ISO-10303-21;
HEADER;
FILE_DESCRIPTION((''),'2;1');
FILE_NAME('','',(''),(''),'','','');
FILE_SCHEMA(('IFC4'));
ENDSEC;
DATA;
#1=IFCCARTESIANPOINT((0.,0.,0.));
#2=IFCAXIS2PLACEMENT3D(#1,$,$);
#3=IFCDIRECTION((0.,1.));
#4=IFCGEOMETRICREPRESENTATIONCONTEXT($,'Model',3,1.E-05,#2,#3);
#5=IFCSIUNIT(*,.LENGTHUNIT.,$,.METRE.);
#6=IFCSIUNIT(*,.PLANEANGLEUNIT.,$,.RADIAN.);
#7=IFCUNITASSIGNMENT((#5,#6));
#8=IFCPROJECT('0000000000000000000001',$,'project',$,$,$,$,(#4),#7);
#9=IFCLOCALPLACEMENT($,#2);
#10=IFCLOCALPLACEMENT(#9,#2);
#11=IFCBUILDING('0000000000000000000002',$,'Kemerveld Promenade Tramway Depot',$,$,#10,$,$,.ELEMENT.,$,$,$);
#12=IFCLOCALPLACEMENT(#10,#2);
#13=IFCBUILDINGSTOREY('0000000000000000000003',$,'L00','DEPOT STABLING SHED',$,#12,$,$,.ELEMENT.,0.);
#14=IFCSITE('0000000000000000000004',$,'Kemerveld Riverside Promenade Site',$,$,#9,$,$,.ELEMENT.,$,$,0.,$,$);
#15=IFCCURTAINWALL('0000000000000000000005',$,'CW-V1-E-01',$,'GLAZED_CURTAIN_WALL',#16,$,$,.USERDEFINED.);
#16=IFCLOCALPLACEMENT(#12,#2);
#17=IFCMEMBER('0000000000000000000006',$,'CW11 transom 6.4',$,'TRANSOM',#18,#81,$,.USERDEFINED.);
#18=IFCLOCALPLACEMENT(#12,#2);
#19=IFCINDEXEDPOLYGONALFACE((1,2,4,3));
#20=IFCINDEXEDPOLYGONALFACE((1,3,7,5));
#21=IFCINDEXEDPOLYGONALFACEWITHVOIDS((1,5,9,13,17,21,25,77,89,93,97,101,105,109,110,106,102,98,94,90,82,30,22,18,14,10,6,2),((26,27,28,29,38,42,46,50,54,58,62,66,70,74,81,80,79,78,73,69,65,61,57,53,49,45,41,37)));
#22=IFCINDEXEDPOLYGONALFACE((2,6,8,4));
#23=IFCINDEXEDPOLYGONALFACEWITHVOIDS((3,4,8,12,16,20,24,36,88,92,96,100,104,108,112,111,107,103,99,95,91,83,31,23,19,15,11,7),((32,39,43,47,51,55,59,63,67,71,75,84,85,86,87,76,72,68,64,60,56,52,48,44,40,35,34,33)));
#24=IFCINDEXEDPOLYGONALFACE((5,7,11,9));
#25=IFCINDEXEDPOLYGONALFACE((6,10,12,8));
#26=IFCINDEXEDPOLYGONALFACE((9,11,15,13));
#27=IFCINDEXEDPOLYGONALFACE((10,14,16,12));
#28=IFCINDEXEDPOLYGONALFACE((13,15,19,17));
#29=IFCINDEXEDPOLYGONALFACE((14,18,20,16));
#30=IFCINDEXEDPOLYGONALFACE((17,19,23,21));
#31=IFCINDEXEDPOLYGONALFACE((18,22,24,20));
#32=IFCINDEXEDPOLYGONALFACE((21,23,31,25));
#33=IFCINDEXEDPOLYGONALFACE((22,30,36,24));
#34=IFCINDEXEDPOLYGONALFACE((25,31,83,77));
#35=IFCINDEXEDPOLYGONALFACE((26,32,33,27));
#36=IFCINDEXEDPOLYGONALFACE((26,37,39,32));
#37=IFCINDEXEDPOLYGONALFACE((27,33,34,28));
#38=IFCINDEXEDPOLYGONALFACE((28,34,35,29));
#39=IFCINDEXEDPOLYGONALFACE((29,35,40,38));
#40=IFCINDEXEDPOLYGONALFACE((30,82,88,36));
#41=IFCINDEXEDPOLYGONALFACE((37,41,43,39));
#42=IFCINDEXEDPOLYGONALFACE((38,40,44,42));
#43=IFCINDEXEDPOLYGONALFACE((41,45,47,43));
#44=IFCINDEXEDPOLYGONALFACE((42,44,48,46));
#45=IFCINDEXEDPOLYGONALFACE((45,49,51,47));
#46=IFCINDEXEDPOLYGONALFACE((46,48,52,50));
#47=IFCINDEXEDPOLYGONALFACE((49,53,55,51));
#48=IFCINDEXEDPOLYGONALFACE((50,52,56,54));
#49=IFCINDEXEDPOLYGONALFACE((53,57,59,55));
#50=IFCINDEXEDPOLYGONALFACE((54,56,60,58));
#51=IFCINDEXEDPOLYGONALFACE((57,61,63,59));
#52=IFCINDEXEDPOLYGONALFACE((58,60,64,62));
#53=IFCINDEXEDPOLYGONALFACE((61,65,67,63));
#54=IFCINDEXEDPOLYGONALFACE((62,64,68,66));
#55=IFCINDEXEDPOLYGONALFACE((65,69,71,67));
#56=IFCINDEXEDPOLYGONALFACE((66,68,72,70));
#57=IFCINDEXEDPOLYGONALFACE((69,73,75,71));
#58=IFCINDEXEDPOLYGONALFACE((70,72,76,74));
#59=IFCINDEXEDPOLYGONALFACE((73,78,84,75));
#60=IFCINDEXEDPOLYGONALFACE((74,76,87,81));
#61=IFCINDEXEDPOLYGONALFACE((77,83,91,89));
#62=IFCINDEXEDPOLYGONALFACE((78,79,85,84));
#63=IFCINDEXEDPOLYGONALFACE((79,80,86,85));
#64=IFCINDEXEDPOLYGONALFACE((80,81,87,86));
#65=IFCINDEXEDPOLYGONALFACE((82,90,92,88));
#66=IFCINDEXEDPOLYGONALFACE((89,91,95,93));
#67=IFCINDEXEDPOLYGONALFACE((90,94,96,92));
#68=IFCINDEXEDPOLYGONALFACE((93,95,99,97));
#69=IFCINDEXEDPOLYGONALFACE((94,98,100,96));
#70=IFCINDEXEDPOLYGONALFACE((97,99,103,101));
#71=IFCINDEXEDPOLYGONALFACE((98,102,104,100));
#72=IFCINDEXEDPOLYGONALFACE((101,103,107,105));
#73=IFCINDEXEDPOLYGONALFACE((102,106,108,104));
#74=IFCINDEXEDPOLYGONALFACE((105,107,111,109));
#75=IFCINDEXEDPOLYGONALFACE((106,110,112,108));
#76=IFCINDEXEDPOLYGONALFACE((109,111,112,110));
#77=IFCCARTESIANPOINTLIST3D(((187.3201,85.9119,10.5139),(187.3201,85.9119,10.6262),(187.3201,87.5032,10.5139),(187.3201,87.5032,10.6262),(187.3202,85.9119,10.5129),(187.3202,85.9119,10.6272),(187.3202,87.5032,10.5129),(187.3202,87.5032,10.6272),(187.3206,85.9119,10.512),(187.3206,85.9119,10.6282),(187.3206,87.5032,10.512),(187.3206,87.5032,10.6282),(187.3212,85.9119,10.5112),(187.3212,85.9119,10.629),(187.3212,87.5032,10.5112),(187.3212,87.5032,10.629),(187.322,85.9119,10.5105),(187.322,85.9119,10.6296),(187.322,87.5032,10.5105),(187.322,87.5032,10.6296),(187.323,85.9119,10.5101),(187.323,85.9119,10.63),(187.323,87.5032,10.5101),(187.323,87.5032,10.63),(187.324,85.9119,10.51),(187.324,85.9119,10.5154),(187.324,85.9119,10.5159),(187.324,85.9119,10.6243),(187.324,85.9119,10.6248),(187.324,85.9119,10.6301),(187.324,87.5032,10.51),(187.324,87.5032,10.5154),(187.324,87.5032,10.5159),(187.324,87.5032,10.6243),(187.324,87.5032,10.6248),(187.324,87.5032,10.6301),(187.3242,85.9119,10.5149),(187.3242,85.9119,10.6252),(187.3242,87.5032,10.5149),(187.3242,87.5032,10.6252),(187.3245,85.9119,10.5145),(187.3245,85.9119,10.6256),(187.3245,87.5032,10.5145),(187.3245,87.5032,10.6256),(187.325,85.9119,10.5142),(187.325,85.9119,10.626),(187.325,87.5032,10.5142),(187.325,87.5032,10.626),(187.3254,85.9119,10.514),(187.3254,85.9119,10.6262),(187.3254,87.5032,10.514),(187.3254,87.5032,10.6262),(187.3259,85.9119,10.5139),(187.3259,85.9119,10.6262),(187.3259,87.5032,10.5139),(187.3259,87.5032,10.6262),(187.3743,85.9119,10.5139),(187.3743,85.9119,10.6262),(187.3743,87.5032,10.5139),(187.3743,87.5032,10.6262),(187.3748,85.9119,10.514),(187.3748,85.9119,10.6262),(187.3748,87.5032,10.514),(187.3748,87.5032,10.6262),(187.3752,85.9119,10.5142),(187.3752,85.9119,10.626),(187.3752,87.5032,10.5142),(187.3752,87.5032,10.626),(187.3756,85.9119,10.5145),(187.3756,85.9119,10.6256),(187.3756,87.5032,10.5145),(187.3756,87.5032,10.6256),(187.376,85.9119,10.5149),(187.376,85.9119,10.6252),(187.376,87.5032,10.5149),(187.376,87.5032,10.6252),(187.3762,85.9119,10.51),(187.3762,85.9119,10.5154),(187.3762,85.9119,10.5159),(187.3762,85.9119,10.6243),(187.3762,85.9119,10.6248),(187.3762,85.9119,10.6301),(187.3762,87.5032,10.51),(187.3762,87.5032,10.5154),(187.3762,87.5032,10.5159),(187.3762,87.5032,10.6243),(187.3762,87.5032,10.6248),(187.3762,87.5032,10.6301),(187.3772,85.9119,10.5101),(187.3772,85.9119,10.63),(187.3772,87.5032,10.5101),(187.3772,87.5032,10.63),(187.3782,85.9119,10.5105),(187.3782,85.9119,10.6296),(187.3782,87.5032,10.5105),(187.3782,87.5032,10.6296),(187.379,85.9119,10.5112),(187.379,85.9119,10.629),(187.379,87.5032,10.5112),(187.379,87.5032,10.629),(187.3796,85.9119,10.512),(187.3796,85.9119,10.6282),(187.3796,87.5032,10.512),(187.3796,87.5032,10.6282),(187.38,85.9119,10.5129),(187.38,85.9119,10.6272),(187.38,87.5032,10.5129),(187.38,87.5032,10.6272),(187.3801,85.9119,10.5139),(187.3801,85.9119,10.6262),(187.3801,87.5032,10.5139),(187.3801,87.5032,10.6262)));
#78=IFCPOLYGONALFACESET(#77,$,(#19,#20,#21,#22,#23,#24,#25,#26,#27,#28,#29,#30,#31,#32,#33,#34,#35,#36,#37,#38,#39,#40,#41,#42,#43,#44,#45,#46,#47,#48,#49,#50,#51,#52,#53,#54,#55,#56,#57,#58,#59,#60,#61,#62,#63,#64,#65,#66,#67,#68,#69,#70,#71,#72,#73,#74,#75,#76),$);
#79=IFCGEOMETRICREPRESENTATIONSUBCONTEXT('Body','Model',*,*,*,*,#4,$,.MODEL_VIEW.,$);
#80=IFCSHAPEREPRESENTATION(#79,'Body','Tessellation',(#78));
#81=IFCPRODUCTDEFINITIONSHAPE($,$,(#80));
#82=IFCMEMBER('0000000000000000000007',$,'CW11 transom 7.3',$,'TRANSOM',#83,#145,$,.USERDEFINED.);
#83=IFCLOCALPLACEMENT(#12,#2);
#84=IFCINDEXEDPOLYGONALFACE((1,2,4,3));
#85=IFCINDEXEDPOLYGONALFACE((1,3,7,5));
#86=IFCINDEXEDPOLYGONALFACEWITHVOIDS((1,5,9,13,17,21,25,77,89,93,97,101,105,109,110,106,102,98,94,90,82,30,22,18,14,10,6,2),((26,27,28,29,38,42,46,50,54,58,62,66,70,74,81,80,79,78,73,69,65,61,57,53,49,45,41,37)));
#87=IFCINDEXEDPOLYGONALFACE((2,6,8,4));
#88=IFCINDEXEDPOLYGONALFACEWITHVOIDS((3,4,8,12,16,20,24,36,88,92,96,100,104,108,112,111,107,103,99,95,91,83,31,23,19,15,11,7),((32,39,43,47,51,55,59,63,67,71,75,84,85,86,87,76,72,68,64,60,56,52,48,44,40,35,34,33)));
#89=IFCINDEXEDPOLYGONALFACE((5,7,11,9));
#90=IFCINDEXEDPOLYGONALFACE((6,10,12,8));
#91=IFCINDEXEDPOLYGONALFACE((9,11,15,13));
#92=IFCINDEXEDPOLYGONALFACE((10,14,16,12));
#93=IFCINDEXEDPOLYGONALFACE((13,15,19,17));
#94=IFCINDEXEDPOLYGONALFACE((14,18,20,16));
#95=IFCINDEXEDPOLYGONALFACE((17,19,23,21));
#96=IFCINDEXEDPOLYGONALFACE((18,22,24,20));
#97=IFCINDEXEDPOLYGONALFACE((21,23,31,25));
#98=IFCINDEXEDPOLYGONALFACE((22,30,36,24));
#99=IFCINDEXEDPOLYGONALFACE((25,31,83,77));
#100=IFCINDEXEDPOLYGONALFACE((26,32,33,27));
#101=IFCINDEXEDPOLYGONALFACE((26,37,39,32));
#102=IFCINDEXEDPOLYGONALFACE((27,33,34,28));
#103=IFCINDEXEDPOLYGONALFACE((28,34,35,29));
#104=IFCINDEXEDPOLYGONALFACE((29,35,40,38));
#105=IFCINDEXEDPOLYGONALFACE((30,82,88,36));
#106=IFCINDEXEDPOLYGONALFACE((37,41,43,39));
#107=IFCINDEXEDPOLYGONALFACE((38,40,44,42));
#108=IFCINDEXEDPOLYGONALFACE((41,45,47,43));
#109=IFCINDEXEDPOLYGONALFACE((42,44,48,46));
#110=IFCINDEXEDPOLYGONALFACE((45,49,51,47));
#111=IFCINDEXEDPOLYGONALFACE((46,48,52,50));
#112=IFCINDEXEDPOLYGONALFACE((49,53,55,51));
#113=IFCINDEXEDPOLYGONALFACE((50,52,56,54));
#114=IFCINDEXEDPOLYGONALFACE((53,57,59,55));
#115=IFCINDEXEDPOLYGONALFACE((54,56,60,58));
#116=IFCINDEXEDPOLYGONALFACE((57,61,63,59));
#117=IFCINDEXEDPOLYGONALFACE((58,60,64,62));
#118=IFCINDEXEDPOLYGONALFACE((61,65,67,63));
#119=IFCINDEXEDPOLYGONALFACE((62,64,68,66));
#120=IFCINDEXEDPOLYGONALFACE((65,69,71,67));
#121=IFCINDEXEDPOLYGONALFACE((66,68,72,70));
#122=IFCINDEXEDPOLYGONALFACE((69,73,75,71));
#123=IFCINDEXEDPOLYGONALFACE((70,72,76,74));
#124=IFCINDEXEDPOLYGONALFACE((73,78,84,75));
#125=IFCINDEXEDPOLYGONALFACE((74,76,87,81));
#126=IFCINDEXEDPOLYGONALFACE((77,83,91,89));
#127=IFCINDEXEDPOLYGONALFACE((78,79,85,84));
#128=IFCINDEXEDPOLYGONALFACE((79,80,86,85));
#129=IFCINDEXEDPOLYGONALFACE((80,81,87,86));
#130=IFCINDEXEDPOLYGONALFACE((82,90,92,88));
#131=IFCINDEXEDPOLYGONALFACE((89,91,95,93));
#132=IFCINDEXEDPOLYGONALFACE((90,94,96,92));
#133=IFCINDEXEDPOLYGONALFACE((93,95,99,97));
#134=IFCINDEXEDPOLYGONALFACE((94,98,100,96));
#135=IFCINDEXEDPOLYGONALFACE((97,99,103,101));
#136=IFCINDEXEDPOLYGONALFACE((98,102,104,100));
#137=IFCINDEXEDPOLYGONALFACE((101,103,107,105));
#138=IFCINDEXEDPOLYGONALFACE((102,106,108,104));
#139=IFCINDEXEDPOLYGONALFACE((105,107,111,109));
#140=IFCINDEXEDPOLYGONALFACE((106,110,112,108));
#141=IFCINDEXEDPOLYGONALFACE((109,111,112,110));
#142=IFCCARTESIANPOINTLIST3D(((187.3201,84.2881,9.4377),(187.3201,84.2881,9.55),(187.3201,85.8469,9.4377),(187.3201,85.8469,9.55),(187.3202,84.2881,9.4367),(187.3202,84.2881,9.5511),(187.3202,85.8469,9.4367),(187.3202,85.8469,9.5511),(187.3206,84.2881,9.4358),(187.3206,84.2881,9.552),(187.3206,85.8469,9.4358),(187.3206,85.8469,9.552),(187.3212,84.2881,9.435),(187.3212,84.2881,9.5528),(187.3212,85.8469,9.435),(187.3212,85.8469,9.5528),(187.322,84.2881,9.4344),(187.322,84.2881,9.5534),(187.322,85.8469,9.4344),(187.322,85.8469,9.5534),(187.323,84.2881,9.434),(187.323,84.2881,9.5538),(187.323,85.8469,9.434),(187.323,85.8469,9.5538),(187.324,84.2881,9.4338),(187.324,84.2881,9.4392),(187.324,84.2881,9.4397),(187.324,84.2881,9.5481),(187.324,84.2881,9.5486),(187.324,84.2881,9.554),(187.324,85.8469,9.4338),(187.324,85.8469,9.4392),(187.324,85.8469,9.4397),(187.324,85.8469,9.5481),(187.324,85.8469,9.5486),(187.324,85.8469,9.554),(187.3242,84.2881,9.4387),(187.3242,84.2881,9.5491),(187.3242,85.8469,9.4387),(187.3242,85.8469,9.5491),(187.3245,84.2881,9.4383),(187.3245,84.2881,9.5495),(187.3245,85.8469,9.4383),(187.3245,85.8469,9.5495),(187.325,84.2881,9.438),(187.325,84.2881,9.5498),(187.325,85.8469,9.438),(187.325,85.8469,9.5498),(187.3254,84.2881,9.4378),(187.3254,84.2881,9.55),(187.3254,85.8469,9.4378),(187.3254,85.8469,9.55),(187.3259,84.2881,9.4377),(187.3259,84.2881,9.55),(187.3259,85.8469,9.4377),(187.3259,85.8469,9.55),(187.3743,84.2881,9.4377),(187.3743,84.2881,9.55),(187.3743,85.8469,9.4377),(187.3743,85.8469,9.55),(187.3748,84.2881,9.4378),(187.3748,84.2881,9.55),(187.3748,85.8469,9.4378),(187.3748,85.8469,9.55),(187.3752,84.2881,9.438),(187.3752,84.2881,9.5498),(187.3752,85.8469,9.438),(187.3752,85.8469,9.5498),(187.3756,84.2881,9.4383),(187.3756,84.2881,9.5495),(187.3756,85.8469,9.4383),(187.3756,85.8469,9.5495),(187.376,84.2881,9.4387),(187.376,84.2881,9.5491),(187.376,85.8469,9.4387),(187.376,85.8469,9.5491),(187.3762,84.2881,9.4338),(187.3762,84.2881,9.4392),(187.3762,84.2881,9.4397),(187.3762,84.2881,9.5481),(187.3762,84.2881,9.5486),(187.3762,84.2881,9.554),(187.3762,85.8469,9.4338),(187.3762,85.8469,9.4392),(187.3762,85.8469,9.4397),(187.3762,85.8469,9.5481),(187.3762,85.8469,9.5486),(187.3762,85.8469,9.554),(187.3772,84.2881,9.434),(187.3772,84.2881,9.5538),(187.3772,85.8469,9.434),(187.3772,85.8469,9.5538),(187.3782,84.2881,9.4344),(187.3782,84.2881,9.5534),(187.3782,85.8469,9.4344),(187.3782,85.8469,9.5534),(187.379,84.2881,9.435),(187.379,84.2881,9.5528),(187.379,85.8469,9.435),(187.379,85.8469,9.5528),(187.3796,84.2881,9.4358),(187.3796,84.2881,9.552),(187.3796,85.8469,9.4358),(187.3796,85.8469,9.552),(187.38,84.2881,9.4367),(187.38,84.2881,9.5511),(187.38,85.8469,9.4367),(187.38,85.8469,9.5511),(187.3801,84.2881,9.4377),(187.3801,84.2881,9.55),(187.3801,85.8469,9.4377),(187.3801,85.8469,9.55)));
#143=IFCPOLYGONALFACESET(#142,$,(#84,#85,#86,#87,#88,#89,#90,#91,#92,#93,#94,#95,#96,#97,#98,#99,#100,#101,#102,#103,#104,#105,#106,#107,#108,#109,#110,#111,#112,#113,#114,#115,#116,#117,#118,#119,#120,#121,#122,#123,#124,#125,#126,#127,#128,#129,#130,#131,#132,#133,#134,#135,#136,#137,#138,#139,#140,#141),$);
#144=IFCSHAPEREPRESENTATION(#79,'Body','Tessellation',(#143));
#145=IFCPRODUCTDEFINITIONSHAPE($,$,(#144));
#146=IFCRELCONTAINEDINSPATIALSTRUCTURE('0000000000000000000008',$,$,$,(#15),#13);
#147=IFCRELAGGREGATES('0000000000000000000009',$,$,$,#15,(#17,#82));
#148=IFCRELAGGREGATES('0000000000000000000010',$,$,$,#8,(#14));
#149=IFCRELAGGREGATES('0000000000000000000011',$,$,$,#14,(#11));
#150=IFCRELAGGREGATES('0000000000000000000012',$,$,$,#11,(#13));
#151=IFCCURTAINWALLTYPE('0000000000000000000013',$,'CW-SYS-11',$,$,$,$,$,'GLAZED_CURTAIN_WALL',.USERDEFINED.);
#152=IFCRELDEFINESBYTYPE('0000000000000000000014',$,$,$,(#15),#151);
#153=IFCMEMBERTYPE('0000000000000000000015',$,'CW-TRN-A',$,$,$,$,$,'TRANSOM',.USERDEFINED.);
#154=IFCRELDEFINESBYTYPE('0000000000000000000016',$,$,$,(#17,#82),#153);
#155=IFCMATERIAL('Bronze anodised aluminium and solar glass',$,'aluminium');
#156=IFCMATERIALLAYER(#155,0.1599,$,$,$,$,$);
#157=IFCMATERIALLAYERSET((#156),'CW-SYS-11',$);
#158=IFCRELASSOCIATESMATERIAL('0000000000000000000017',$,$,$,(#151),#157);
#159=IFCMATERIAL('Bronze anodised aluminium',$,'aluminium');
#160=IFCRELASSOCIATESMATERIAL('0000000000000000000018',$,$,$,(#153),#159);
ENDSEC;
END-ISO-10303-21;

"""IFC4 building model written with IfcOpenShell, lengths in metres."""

from ifc_helpers import new_model, si_unit, direction, frame, origin, origin_2d, place, context, subcontext, project, spatial, hollow_rectangle, extrude, material, layer, layer_set, material_profile, profile_set, type_object, element, aggregate, save


model = new_model("IFC4")

# Units and contexts
model_context = context("Model", 3, precision=1e-05, world=origin(), true_north=direction((0.0, 1.0)))
body_context = subcontext(model_context, "Body", "Model", "MODEL_VIEW")
ifc_project = project(units=[si_unit("LENGTHUNIT", "METRE"), si_unit("PLANEANGLEUNIT", "RADIAN")], contexts=[model_context])

# Site, building, storey
site_placement = place(None, origin())
site = spatial("IfcSite", under=ifc_project, at=site_placement, Name="Kemerveld Riverside Promenade Site", CompositionType="ELEMENT", RefElevation=0.0)
building_placement = place(site_placement, origin())
building = spatial("IfcBuilding", under=site, at=building_placement, Name="Kemerveld Promenade Tramway Depot", CompositionType="ELEMENT")
storey_placement = place(building_placement, origin())
storey = spatial("IfcBuildingStorey", under=building, at=storey_placement, Name="L00", Description="DEPOT STABLING SHED", CompositionType="ELEMENT", Elevation=0.0)

# Curtain wall, members
ifc_material_1 = material(Name="Bronze anodised aluminium and solar glass", Category="aluminium")
ifc_layer_1 = layer(ifc_material_1, 0.1599)
ifc_layer_set_1 = layer_set([ifc_layer_1], Name="CW-SYS-11")
curtain_wall_type_1 = type_object("IfcCurtainWallType", Name="CW-SYS-11", ElementType="GLAZED_CURTAIN_WALL", PredefinedType="USERDEFINED", material=ifc_layer_set_1)
curtain_wall_1_placement = place(storey_placement, origin())
curtain_wall_1 = element("IfcCurtainWall", 1, at=curtain_wall_1_placement, inside=storey, type_object=curtain_wall_type_1, Name="CW-V1-E-01", ObjectType="GLAZED_CURTAIN_WALL", PredefinedType="USERDEFINED")
ifc_material_2 = material(Name="Bronze anodised aluminium", Category="aluminium")
ifc_material_profile_1 = material_profile(ifc_material_2, hollow_rectangle(XDim=0.0601, YDim=0.1201, WallThickness=0.0039, InnerFilletRadius=0.002, OuterFilletRadius=0.0039, at=origin_2d()), Name="CW-TRN-120x60")
ifc_profile_set_1 = profile_set([ifc_material_profile_1], Name="Bronze anodised aluminium")
member_type_1 = type_object("IfcMemberType", Name="CW-TRN-A", ElementType="TRANSOM", PredefinedType="USERDEFINED", material=ifc_profile_set_1)
member_1_placement = place(storey_placement, frame((187.3501, 87.5032, 10.5701), z_axis=(0.0, -1.0, 0.0), x_axis=(1.0, 0.0, 0.0)))
member_1 = element("IfcMember", 2, at=member_1_placement, type_object=member_type_1, Name="CW11 transom 6.4", ObjectType="TRANSOM", PredefinedType="USERDEFINED", context=body_context, shape_type="SweptSolid", body=[
    extrude(hollow_rectangle(XDim=0.0601, YDim=0.1201, WallThickness=0.0039, InnerFilletRadius=0.002, OuterFilletRadius=0.0039, at=origin_2d()), origin(), (0.0, 0.0, 1.0), 1.5913),
])
member_2_placement = place(storey_placement, frame((187.3501, 85.8469, 9.4939), z_axis=(0.0, -1.0, 0.0), x_axis=(1.0, 0.0, 0.0)))
member_2 = element("IfcMember", 3, at=member_2_placement, type_object=member_type_1, Name="CW11 transom 7.3", ObjectType="TRANSOM", PredefinedType="USERDEFINED", context=body_context, shape_type="SweptSolid", body=[
    extrude(hollow_rectangle(XDim=0.0601, YDim=0.1201, WallThickness=0.0039, InnerFilletRadius=0.002, OuterFilletRadius=0.0039, at=origin_2d()), origin(), (0.0, 0.0, 1.0), 1.5588),
])

aggregate(curtain_wall_1, [member_1, member_2])

save(model, "model.ifc")
